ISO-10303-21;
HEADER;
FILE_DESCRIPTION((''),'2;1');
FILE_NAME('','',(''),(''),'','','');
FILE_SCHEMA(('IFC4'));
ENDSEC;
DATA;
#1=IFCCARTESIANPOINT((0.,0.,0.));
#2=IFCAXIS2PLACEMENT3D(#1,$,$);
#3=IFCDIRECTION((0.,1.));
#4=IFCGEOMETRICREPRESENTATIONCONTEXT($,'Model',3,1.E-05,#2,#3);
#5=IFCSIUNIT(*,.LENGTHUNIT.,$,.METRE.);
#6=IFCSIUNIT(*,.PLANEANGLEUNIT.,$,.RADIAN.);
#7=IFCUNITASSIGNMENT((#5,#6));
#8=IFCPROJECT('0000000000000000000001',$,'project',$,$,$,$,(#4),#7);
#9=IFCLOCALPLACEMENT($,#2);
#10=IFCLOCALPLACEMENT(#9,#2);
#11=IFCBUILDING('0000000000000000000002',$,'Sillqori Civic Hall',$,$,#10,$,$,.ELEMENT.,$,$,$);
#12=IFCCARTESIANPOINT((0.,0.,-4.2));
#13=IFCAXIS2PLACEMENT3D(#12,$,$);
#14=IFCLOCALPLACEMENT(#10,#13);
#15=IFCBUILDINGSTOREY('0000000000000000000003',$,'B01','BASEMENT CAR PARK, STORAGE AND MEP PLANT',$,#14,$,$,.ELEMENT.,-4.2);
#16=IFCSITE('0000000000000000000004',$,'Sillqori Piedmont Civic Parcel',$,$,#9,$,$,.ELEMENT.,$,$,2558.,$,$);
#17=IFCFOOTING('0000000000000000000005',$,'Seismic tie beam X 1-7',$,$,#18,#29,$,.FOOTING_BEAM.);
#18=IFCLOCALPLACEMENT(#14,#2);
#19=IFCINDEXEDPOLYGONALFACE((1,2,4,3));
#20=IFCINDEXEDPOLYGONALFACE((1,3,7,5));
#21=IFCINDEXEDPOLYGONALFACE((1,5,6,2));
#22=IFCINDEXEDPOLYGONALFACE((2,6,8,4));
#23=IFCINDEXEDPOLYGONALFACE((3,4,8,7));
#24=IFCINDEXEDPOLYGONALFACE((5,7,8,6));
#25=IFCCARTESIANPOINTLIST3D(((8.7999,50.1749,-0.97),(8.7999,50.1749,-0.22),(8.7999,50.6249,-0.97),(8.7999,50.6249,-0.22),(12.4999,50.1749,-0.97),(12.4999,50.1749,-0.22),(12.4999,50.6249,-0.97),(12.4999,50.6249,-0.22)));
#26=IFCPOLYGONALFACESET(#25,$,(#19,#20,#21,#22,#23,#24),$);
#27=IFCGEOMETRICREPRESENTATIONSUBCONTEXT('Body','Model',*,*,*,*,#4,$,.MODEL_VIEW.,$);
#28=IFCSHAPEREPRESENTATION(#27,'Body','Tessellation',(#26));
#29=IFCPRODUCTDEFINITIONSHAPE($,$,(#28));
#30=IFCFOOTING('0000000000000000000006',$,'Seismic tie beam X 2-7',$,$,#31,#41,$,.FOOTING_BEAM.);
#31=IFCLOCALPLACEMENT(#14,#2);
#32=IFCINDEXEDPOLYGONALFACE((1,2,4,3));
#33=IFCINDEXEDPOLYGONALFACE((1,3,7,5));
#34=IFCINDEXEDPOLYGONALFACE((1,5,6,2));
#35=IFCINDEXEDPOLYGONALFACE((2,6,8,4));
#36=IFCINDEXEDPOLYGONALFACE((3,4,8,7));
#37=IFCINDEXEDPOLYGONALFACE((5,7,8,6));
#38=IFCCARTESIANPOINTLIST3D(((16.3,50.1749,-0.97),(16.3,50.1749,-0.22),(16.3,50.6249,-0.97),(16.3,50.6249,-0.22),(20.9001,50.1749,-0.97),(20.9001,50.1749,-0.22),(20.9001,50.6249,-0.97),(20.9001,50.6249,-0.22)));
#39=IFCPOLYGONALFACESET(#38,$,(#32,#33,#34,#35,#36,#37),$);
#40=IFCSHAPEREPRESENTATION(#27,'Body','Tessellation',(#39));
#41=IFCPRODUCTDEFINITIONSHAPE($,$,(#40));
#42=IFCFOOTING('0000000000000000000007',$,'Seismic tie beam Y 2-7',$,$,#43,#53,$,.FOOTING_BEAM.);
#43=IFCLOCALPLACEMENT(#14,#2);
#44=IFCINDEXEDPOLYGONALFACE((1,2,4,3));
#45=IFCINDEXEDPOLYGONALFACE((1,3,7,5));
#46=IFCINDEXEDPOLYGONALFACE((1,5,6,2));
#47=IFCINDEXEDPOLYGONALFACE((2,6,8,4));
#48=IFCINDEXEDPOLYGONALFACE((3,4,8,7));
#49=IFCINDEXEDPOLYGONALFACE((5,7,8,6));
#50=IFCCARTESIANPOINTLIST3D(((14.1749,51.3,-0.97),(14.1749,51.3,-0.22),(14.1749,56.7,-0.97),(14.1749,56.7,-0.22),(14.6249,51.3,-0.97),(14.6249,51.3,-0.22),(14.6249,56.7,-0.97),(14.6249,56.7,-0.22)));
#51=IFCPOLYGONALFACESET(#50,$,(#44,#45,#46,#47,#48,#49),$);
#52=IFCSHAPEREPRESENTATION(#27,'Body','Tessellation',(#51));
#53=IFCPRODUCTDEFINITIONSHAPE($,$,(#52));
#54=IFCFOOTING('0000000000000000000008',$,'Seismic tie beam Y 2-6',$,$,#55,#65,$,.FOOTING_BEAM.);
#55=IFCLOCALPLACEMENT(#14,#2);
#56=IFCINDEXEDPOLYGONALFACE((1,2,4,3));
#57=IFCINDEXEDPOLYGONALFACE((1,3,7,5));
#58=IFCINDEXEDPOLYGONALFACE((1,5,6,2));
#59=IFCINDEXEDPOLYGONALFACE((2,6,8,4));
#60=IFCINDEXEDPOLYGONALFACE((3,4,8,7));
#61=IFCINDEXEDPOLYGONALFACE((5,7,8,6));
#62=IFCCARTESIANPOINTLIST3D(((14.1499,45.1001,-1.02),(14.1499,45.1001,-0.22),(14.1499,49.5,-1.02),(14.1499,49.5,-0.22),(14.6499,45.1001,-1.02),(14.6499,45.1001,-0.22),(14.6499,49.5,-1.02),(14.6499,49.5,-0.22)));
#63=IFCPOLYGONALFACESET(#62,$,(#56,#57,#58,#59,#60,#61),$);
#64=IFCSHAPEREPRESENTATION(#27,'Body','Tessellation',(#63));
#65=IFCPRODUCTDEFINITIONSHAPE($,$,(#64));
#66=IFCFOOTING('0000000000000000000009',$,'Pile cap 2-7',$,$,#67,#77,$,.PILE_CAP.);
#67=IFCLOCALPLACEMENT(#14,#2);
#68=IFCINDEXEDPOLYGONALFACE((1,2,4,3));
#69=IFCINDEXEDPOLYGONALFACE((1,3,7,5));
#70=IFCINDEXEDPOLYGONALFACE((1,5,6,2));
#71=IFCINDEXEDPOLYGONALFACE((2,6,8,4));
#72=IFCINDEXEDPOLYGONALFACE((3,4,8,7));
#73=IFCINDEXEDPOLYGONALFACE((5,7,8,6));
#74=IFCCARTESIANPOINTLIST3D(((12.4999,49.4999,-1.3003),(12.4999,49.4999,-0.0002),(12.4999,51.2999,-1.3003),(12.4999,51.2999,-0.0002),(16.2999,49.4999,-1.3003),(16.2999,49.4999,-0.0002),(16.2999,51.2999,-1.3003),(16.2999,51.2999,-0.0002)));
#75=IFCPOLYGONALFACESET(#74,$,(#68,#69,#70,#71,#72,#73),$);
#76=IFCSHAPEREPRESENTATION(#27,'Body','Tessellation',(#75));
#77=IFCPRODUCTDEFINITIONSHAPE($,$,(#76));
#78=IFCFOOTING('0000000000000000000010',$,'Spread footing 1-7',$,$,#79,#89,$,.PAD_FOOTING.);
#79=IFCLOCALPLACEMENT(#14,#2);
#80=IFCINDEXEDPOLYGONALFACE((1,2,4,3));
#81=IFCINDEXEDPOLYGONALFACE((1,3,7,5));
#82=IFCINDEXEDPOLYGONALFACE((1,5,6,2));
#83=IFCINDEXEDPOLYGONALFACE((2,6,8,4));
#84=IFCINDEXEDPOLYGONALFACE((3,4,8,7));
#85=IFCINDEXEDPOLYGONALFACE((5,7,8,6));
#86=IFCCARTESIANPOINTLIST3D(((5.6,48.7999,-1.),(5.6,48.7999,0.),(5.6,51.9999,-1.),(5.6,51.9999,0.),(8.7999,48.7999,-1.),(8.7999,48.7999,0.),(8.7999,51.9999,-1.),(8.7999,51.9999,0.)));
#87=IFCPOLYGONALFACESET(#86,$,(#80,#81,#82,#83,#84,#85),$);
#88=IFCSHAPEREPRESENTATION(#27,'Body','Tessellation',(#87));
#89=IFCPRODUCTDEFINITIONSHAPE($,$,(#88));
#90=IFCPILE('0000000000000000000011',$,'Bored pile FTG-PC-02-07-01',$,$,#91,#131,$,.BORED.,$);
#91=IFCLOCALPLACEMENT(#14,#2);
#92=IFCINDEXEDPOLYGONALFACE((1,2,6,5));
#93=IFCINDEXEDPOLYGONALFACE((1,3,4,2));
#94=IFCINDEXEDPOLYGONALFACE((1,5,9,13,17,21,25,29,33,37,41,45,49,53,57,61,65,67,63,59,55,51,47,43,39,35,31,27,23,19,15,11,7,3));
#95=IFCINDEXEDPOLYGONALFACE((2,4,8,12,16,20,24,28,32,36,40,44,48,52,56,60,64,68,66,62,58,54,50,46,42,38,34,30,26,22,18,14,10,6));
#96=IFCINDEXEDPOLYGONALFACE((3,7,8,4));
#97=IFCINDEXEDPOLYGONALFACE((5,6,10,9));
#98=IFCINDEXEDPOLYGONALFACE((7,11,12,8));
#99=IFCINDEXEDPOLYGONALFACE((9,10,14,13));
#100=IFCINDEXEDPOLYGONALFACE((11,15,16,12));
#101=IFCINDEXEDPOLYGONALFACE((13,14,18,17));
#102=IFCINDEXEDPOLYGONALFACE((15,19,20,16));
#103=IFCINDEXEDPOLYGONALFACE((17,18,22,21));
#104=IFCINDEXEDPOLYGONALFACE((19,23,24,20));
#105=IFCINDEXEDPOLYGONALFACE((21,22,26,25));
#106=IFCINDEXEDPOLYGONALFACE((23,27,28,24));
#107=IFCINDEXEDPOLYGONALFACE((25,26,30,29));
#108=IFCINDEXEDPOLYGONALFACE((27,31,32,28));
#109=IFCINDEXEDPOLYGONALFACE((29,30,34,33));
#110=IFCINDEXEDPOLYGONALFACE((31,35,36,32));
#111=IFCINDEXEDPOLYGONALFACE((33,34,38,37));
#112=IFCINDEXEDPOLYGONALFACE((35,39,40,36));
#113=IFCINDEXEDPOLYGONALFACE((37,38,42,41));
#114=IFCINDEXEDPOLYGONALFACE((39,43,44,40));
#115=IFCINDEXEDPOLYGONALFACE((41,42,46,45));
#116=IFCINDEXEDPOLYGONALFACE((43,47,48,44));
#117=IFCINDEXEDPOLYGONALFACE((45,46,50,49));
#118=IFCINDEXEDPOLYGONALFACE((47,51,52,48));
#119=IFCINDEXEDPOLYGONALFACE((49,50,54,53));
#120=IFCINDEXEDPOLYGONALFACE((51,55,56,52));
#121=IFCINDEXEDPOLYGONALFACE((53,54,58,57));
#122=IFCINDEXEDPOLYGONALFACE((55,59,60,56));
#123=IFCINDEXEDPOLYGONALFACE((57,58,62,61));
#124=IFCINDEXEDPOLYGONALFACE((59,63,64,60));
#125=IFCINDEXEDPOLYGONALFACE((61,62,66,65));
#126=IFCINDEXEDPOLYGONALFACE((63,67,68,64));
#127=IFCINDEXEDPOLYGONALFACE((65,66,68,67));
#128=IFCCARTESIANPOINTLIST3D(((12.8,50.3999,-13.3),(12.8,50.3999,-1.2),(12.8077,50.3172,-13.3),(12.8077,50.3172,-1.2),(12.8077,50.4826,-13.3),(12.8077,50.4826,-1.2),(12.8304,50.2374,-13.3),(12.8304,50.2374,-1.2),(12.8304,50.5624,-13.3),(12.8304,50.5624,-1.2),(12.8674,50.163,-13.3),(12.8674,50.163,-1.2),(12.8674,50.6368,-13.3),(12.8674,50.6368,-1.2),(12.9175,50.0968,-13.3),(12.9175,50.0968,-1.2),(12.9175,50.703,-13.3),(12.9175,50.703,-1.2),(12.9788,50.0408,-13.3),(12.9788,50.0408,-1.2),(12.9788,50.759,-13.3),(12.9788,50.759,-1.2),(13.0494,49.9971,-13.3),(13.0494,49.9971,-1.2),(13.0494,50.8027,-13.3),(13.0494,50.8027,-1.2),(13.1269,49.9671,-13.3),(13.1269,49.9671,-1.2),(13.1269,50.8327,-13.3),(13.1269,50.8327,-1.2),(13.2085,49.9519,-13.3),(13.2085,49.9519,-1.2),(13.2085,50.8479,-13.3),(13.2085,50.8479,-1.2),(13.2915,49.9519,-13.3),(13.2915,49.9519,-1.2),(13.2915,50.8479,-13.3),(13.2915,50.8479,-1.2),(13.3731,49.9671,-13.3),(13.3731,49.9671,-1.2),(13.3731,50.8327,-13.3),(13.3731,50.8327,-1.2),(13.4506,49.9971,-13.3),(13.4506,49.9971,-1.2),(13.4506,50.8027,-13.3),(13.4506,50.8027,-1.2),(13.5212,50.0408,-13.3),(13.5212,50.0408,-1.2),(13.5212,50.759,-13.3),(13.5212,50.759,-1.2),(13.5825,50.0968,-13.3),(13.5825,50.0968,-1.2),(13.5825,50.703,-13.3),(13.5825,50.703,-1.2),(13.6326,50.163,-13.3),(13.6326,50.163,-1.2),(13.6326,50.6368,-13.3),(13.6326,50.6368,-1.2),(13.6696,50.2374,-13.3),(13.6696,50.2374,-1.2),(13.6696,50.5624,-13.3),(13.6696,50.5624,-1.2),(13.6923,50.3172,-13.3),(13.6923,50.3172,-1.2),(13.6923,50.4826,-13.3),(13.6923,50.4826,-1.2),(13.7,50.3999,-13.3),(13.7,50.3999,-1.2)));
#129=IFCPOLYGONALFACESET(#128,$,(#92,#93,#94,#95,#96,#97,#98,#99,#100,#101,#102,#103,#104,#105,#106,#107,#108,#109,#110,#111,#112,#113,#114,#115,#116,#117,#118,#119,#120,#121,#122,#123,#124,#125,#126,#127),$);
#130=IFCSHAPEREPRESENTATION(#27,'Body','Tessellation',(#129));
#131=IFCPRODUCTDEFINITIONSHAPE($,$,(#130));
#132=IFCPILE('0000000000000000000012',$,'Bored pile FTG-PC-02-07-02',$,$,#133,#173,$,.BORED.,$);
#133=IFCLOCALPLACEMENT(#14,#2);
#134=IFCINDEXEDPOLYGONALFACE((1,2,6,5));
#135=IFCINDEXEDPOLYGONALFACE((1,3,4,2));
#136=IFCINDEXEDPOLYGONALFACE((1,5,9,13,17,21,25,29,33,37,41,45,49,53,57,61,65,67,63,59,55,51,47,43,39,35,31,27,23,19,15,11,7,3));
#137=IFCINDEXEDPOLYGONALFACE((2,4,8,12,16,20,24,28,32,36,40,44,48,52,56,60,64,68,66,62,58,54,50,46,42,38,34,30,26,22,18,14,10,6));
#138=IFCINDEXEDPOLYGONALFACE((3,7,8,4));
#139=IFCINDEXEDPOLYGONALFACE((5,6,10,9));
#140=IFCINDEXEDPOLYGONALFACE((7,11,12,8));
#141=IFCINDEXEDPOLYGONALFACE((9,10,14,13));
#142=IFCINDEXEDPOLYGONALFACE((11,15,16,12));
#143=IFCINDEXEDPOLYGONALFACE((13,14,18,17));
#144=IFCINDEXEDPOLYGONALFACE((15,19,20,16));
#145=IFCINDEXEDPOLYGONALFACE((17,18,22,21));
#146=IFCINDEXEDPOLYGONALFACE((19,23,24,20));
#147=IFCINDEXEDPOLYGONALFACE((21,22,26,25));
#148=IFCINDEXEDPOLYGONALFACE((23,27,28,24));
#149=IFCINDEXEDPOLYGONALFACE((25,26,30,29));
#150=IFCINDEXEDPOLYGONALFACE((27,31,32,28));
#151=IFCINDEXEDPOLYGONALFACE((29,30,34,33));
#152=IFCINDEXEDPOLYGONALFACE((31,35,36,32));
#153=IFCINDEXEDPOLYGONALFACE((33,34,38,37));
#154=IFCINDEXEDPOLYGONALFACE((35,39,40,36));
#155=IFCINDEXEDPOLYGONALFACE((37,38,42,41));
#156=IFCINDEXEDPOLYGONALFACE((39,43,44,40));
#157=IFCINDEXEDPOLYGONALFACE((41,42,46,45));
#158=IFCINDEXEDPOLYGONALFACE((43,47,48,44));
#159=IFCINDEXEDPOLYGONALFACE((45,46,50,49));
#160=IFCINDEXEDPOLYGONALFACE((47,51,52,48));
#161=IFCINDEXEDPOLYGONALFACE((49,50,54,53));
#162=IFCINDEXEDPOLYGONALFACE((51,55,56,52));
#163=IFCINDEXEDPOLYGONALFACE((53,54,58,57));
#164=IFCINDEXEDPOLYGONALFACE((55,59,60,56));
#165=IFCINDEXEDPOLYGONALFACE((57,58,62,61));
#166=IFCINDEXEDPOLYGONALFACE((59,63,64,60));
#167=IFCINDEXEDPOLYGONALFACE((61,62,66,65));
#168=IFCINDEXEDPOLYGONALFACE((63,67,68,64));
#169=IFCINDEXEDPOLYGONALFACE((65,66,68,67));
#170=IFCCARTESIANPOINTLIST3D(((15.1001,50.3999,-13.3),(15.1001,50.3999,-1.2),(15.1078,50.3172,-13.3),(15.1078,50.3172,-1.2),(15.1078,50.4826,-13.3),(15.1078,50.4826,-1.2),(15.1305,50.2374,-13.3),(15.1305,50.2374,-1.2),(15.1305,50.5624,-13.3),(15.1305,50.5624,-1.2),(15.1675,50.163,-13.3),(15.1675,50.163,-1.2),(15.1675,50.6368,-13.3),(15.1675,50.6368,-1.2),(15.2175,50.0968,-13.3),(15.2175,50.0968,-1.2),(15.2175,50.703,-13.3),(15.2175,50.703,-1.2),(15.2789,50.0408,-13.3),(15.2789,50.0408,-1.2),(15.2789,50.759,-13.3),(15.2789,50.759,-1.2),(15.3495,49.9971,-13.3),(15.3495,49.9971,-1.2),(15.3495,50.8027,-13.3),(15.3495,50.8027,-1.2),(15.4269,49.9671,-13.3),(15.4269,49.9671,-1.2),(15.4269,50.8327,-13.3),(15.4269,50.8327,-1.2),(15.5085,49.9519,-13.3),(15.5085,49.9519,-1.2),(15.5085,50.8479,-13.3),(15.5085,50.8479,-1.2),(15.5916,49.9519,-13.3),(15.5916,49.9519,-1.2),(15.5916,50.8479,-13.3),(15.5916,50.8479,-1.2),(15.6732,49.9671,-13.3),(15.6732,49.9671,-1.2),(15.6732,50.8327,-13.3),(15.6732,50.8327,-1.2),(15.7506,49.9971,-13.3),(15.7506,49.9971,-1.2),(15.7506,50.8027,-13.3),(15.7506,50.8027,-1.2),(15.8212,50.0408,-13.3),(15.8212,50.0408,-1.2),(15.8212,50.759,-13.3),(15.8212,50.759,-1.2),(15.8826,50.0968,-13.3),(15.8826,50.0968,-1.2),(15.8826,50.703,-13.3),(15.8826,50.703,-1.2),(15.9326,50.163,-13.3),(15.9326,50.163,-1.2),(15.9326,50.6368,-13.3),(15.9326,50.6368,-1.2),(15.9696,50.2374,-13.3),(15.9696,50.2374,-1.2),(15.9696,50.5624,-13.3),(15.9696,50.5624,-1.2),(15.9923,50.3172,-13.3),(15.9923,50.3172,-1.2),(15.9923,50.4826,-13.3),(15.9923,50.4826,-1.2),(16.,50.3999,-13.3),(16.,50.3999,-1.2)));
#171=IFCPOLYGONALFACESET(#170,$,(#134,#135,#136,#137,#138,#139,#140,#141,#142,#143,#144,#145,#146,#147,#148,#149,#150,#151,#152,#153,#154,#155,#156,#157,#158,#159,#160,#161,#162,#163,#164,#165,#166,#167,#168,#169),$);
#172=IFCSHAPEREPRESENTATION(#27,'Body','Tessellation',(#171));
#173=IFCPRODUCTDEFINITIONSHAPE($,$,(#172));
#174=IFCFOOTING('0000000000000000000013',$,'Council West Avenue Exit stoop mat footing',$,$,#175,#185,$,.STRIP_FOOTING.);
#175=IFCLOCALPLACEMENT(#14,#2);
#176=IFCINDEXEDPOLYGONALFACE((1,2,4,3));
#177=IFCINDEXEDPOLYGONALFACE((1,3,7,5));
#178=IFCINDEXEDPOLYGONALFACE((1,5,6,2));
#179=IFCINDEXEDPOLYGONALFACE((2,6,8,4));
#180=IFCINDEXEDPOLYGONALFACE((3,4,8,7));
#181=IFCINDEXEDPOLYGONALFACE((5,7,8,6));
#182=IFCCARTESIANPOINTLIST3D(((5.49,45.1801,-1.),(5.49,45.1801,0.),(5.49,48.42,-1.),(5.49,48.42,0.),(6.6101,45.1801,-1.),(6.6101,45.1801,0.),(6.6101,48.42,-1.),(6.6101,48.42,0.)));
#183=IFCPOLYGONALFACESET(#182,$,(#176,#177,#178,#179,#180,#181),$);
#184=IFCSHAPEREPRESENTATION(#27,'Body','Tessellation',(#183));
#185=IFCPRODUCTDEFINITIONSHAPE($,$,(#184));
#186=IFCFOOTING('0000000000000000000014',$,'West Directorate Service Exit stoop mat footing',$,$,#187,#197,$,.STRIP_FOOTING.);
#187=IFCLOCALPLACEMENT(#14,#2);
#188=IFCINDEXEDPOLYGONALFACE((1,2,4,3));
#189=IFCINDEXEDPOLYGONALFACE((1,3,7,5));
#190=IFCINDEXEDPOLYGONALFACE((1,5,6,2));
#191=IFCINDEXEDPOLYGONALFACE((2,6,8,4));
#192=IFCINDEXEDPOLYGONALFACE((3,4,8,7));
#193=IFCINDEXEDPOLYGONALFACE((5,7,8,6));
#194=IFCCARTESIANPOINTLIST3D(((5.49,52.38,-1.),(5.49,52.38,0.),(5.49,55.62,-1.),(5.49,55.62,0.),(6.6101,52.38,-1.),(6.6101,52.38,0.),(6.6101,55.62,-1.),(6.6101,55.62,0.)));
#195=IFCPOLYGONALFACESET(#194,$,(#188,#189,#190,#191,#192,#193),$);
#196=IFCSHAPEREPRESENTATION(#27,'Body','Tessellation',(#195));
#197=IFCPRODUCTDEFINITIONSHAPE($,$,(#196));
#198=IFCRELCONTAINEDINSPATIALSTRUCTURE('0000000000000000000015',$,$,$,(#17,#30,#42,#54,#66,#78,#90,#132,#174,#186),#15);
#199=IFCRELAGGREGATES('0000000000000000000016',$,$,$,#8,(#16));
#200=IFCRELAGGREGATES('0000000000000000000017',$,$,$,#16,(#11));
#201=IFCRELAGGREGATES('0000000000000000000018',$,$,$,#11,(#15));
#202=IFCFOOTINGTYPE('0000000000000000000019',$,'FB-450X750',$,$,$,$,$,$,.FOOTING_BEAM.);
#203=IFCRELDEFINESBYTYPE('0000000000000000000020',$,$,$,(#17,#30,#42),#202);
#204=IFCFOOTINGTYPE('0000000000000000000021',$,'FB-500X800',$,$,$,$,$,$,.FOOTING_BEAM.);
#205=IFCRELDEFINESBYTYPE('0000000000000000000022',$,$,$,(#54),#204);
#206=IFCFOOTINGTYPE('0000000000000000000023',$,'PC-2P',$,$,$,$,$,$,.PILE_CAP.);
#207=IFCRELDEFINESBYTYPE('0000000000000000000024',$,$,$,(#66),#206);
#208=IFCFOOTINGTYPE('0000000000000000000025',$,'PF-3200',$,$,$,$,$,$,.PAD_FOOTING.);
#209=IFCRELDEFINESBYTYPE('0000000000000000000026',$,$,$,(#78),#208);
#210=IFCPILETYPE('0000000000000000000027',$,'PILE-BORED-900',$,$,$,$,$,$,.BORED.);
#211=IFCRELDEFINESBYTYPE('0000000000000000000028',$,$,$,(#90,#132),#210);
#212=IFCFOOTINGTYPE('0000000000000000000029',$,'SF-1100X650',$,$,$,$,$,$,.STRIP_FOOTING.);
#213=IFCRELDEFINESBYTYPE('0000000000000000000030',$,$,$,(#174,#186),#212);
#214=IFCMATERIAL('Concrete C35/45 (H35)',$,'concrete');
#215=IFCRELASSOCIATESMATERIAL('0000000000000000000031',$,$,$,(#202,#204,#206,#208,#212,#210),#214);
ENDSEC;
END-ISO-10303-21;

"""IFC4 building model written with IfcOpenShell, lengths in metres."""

from ifc_helpers import new_model, si_unit, direction, frame, origin, origin_2d, place, context, subcontext, project, spatial, rectangle, circle, extrude, material, material_profile, profile_set, type_object, element, save


model = new_model("IFC4")

# Units and contexts
model_context = context("Model", 3, precision=1e-05, world=origin(), true_north=direction((0.0, 1.0)))
body_context = subcontext(model_context, "Body", "Model", "MODEL_VIEW")
ifc_project = project(units=[si_unit("LENGTHUNIT", "METRE"), si_unit("PLANEANGLEUNIT", "RADIAN")], contexts=[model_context])

# Site, building, storey
site_placement = place(None, origin())
site = spatial("IfcSite", under=ifc_project, at=site_placement, Name="Sillqori Piedmont Civic Parcel", CompositionType="ELEMENT", RefElevation=2558.0)
building_placement = place(site_placement, origin())
building = spatial("IfcBuilding", under=site, at=building_placement, Name="Sillqori Civic Hall", CompositionType="ELEMENT")
storey_placement = place(building_placement, frame((0.0, 0.0, -4.2)))
storey = spatial("IfcBuildingStorey", under=building, at=storey_placement, Name="B01", Description="BASEMENT CAR PARK, STORAGE AND MEP PLANT", CompositionType="ELEMENT", Elevation=-4.2)

# Footings
ifc_material = material(Name="Concrete C35/45 (H35)", Category="concrete")
footing_type_1 = type_object("IfcFootingType", Name="FB-450X750", PredefinedType="FOOTING_BEAM", material=ifc_material)
footing_1_placement = place(storey_placement, frame((10.6499, 50.3999, -0.97), z_axis=(0.0, 0.0, 1.0), x_axis=(1.0, 0.0, 0.0)))
element("IfcFooting", 1, at=footing_1_placement, inside=storey, type_object=footing_type_1, Name="Seismic tie beam X 1-7", PredefinedType="FOOTING_BEAM", context=body_context, shape_type="SweptSolid", body=[
    extrude(rectangle(XDim=3.7, YDim=0.45, at=origin_2d()), origin(), (0.0, 0.0, 1.0), 0.75),
])
footing_2_placement = place(storey_placement, frame((18.6001, 50.3999, -0.97), z_axis=(0.0, 0.0, 1.0), x_axis=(1.0, 0.0, 0.0)))
element("IfcFooting", 2, at=footing_2_placement, inside=storey, type_object=footing_type_1, Name="Seismic tie beam X 2-7", PredefinedType="FOOTING_BEAM", context=body_context, shape_type="SweptSolid", body=[
    extrude(rectangle(XDim=4.6001, YDim=0.45, at=origin_2d()), origin(), (0.0, 0.0, 1.0), 0.75),
])
footing_3_placement = place(storey_placement, frame((14.3999, 54.0, -0.97), z_axis=(0.0, 0.0, 1.0), x_axis=(1.0, 0.0, 0.0)))
element("IfcFooting", 3, at=footing_3_placement, inside=storey, type_object=footing_type_1, Name="Seismic tie beam Y 2-7", PredefinedType="FOOTING_BEAM", context=body_context, shape_type="SweptSolid", body=[
    extrude(rectangle(XDim=0.45, YDim=5.3999, at=origin_2d()), origin(), (0.0, 0.0, 1.0), 0.75),
])
footing_type_2 = type_object("IfcFootingType", Name="FB-500X800", PredefinedType="FOOTING_BEAM", material=ifc_material)
footing_4_placement = place(storey_placement, frame((14.3999, 47.3, -1.02), z_axis=(0.0, 0.0, 1.0), x_axis=(1.0, 0.0, 0.0)))
element("IfcFooting", 4, at=footing_4_placement, inside=storey, type_object=footing_type_2, Name="Seismic tie beam Y 2-6", PredefinedType="FOOTING_BEAM", context=body_context, shape_type="SweptSolid", body=[
    extrude(rectangle(XDim=0.5, YDim=4.3999, at=origin_2d()), origin(), (0.0, 0.0, 1.0), 0.8),
])
footing_type_3 = type_object("IfcFootingType", Name="PC-2P", PredefinedType="PILE_CAP", material=ifc_material)
footing_5_placement = place(storey_placement, frame((14.3999, 50.3999, -1.3003), z_axis=(0.0, 0.0, 1.0), x_axis=(1.0, 0.0, 0.0)))
element("IfcFooting", 5, at=footing_5_placement, inside=storey, type_object=footing_type_3, Name="Pile cap 2-7", PredefinedType="PILE_CAP", context=body_context, shape_type="SweptSolid", body=[
    extrude(rectangle(XDim=3.8, YDim=1.8, at=origin_2d()), origin(), (0.0, 0.0, 1.0), 1.3),
])
footing_type_4 = type_object("IfcFootingType", Name="PF-3200", PredefinedType="PAD_FOOTING", material=ifc_material)
footing_6_placement = place(storey_placement, frame((7.2, 50.3999, -1.0), z_axis=(0.0, 0.0, 1.0), x_axis=(1.0, 0.0, 0.0)))
element("IfcFooting", 6, at=footing_6_placement, inside=storey, type_object=footing_type_4, Name="Spread footing 1-7", PredefinedType="PAD_FOOTING", context=body_context, shape_type="SweptSolid", body=[
    extrude(rectangle(XDim=3.2, YDim=3.2, at=origin_2d()), origin(), (0.0, 0.0, 1.0), 1.0),
])

# Piles
ifc_material_profile_1 = material_profile(ifc_material, circle(Radius=0.45, at=origin_2d()), Name="BORED PILE 900")
ifc_profile_set_1 = profile_set([ifc_material_profile_1], Name="Concrete C35/45 (H35)")
pile_type = type_object("IfcPileType", Name="PILE-BORED-900", PredefinedType="BORED", material=ifc_profile_set_1)
for number, where, z_axis, x_axis, name in (
    (7, (13.25, 50.3999, -1.2), (0.0, 0.0, -1.0), (1.0, 0.0, 0.0), "Bored pile FTG-PC-02-07-01"),
    (8, (15.55, 50.3999, -1.2), (0.0, 0.0, -1.0), (1.0, 0.0, 0.0), "Bored pile FTG-PC-02-07-02"),
):
    element("IfcPile", number, at=place(storey_placement, frame(where, z_axis=z_axis, x_axis=x_axis)), inside=storey, type_object=pile_type, Name=name, PredefinedType="BORED", context=body_context, shape_type="SweptSolid", body=[
        extrude(circle(Radius=0.45, at=origin_2d()), origin(), (0.0, 0.0, 1.0), 12.1001),
    ])

# Footings
footing_type_5 = type_object("IfcFootingType", Name="SF-1100X650", PredefinedType="STRIP_FOOTING", material=ifc_material)
for number, where, z_axis, x_axis, name in (
    (9, (6.05, 46.8, -1.0), (0.0, 0.0, 1.0), (1.0, 0.0, 0.0), "Council West Avenue Exit stoop mat footing"),
    (10, (6.05, 54.0, -1.0), (0.0, 0.0, 1.0), (1.0, 0.0, 0.0), "West Directorate Service Exit stoop mat footing"),
):
    element("IfcFooting", number, at=place(storey_placement, frame(where, z_axis=z_axis, x_axis=x_axis)), inside=storey, type_object=footing_type_5, Name=name, PredefinedType="STRIP_FOOTING", context=body_context, shape_type="SweptSolid", body=[
        extrude(rectangle(XDim=1.1201, YDim=3.24, at=origin_2d()), origin(), (0.0, 0.0, 1.0), 1.0),
    ])

save(model, "model.ifc")
